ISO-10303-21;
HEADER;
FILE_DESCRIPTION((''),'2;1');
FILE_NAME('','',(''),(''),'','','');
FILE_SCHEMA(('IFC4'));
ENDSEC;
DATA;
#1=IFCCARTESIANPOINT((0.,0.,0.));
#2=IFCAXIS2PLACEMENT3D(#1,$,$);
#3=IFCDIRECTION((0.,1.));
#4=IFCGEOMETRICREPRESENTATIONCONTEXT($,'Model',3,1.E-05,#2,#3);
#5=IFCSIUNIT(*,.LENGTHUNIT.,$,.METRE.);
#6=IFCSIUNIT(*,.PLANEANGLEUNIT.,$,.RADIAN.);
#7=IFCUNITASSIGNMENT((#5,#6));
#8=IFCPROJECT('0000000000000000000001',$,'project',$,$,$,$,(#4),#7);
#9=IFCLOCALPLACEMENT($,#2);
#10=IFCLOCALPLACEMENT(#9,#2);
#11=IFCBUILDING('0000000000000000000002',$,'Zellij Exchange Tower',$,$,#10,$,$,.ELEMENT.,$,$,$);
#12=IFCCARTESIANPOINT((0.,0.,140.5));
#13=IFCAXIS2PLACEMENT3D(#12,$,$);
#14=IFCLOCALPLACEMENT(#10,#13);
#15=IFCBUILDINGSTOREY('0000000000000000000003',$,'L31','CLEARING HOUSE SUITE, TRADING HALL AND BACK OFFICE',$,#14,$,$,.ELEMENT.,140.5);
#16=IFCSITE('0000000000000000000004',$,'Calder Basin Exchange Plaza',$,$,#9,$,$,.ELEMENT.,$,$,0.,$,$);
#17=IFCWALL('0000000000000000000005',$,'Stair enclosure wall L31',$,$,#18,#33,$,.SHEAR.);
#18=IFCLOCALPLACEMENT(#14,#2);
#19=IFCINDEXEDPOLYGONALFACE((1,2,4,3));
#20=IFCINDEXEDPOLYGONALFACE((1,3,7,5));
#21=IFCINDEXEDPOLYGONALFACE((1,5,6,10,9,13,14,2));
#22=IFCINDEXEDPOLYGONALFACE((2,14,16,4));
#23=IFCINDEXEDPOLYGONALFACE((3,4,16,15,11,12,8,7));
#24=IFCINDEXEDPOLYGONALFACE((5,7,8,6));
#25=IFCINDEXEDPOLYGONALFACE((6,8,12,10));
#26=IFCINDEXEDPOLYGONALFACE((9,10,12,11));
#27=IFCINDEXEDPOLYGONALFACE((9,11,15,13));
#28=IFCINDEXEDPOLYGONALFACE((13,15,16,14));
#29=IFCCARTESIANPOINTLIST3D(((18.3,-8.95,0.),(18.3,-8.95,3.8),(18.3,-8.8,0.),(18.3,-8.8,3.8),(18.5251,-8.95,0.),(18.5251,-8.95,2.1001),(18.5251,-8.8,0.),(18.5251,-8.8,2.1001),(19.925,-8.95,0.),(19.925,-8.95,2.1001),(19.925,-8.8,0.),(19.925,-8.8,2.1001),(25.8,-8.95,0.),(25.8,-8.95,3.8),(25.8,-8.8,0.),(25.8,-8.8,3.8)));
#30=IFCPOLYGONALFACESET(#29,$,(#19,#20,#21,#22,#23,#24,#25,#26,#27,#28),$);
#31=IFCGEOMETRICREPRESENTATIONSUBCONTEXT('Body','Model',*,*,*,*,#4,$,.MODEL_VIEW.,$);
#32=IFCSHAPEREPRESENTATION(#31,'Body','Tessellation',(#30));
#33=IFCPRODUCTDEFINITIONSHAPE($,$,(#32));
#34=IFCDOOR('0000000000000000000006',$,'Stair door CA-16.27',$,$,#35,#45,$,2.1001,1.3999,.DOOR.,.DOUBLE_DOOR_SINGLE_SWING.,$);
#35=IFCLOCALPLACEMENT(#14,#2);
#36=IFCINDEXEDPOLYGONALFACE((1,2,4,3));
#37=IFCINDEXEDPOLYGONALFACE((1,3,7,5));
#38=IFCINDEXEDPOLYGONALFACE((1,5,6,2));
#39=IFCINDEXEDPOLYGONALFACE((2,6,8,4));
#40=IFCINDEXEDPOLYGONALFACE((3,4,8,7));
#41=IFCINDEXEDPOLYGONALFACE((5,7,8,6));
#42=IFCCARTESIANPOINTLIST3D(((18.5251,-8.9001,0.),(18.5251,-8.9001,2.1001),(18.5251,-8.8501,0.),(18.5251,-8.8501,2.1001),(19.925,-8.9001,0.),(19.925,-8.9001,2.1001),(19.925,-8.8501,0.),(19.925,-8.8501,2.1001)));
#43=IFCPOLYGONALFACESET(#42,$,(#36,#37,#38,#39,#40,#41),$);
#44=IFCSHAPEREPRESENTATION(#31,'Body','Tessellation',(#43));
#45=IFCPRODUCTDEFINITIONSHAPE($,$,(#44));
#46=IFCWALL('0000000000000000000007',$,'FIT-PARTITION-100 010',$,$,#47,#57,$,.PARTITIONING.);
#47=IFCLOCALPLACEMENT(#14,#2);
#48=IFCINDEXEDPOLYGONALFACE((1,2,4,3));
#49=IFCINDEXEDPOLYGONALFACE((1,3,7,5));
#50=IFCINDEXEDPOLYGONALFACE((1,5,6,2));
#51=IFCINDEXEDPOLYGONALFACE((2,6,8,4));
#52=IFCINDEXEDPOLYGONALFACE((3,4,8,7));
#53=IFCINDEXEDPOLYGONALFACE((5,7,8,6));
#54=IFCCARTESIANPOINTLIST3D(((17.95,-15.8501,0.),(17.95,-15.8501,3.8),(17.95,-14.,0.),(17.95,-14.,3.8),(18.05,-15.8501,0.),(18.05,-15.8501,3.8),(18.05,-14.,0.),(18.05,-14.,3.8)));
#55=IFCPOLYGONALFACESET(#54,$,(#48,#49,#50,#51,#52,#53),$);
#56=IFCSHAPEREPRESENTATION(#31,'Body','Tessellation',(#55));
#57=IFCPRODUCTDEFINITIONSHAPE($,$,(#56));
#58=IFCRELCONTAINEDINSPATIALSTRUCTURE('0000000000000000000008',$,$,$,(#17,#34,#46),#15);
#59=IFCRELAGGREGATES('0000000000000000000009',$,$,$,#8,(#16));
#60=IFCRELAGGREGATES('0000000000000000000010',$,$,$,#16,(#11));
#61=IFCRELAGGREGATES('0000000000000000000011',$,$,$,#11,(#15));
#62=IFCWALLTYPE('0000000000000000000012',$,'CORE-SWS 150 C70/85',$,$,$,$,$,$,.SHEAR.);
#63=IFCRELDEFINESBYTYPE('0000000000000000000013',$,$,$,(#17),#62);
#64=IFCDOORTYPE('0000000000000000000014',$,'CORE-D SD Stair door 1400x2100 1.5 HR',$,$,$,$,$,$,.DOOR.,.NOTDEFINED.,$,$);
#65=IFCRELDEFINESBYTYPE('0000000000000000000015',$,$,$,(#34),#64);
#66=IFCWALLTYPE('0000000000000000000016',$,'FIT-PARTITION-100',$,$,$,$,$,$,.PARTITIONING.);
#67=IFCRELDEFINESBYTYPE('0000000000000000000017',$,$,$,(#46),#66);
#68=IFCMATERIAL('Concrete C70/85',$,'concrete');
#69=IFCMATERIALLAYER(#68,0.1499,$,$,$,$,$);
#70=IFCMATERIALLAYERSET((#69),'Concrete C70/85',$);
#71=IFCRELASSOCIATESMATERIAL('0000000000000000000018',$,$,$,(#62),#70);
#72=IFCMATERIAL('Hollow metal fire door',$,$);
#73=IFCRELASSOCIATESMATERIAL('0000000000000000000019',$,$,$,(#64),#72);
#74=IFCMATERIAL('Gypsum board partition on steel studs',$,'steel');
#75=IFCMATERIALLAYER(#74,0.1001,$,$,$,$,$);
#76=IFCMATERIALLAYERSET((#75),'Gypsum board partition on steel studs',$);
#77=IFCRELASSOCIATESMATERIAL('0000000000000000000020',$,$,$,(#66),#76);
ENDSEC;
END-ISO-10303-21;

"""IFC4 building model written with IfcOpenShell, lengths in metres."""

from ifc_helpers import new_model, si_unit, direction, frame, frame_2d, origin, place, context, subcontext, project, spatial, rectangle, extrude, material, layer, layer_set, type_object, element, fill, save


model = new_model("IFC4")

# Units and contexts
model_context = context("Model", 3, precision=1e-05, world=origin(), true_north=direction((0.0, 1.0)))
body_context = subcontext(model_context, "Body", "Model", "MODEL_VIEW")
ifc_project = project(units=[si_unit("LENGTHUNIT", "METRE"), si_unit("PLANEANGLEUNIT", "RADIAN")], contexts=[model_context])

# Site, building, storey
site_placement = place(None, origin())
site = spatial("IfcSite", under=ifc_project, at=site_placement, Name="Calder Basin Exchange Plaza", CompositionType="ELEMENT", RefElevation=0.0)
building_placement = place(site_placement, origin())
building = spatial("IfcBuilding", under=site, at=building_placement, Name="Zellij Exchange Tower", CompositionType="ELEMENT")
storey_placement = place(building_placement, frame((0.0, 0.0, 140.5)))
storey = spatial("IfcBuildingStorey", under=building, at=storey_placement, Name="L31", Description="CLEARING HOUSE SUITE, TRADING HALL AND BACK OFFICE", CompositionType="ELEMENT", Elevation=140.5)

# Shared definitions
ifc_material_1 = material(Name="Concrete C70/85", Category="concrete")

# Shared definitions
ifc_material_2 = material(Name="Hollow metal fire door")

# Wall, opening, door
ifc_layer_1 = layer(ifc_material_1, 0.1499)
ifc_layer_set_1 = layer_set([ifc_layer_1], Name="Concrete C70/85")
wall_type_1 = type_object("IfcWallType", Name="CORE-SWS 150 C70/85", PredefinedType="SHEAR", material=ifc_layer_set_1)
wall_1_placement = place(storey_placement, frame((18.3, -8.875, 0.0), z_axis=(0.0, 0.0, 1.0), x_axis=(1.0, 0.0, 0.0)))
wall_1 = element("IfcWall", 1, at=wall_1_placement, inside=storey, type_object=wall_type_1, Name="Stair enclosure wall L31", PredefinedType="SHEAR", context=body_context, shape_type="SweptSolid", body=[
    extrude(rectangle(XDim=7.5, YDim=0.1499, at=frame_2d((3.75, 0.0))), origin(), (0.0, 0.0, 1.0), 3.8),
])
opening_1_placement = place(wall_1_placement, frame((0.2251, 0.0, 0.0)))
opening_1 = element("IfcOpeningElement", 2, at=opening_1_placement, cuts=wall_1, PredefinedType="OPENING", context=body_context, shape_type="SweptSolid", body=[
    extrude(rectangle(XDim=1.3999, YDim=2.1001, at=frame_2d((0.7, 1.05))), frame((0.0, 0.0869, 0.0), z_axis=(0.0, -1.0, 0.0), x_axis=(1.0, 0.0, 0.0)), (0.0, 0.0, 1.0), 0.1738),
])
door_type_1 = type_object("IfcDoorType", Name="CORE-D SD Stair door 1400x2100 1.5 HR", OperationType="NOTDEFINED", PredefinedType="DOOR", material=ifc_material_2)
door_1_placement = place(opening_1_placement, origin())
door_1 = element("IfcDoor", 3, at=door_1_placement, inside=storey, type_object=door_type_1, Name="Stair door CA-16.27", OperationType="DOUBLE_DOOR_SINGLE_SWING", OverallHeight=2.1001, OverallWidth=1.3999, PredefinedType="DOOR", context=body_context, shape_type="SweptSolid", body=[
    extrude(rectangle(XDim=1.3999, YDim=2.1001, at=frame_2d((0.7, 1.05))), frame((0.0, 0.0249, 0.0), z_axis=(0.0, -1.0, 0.0), x_axis=(1.0, 0.0, 0.0)), (0.0, 0.0, 1.0), 0.05),
])
fill(opening_1, door_1)

# Wall
ifc_material_3 = material(Name="Gypsum board partition on steel studs", Category="steel")
ifc_layer_2 = layer(ifc_material_3, 0.1001)
ifc_layer_set_2 = layer_set([ifc_layer_2], Name="Gypsum board partition on steel studs")
wall_type_2 = type_object("IfcWallType", Name="FIT-PARTITION-100", PredefinedType="PARTITIONING", material=ifc_layer_set_2)
wall_2_placement = place(storey_placement, frame((18.0, -15.8501, 0.0), z_axis=(0.0, 0.0, 1.0), x_axis=(0.0, 1.0, 0.0)))
element("IfcWall", 4, at=wall_2_placement, inside=storey, type_object=wall_type_2, Name="FIT-PARTITION-100 010", PredefinedType="PARTITIONING", context=body_context, shape_type="SweptSolid", body=[
    extrude(rectangle(XDim=1.8501, YDim=0.1001, at=frame_2d((0.925, 0.0))), origin(), (0.0, 0.0, 1.0), 3.8),
])

save(model, "model.ifc")
